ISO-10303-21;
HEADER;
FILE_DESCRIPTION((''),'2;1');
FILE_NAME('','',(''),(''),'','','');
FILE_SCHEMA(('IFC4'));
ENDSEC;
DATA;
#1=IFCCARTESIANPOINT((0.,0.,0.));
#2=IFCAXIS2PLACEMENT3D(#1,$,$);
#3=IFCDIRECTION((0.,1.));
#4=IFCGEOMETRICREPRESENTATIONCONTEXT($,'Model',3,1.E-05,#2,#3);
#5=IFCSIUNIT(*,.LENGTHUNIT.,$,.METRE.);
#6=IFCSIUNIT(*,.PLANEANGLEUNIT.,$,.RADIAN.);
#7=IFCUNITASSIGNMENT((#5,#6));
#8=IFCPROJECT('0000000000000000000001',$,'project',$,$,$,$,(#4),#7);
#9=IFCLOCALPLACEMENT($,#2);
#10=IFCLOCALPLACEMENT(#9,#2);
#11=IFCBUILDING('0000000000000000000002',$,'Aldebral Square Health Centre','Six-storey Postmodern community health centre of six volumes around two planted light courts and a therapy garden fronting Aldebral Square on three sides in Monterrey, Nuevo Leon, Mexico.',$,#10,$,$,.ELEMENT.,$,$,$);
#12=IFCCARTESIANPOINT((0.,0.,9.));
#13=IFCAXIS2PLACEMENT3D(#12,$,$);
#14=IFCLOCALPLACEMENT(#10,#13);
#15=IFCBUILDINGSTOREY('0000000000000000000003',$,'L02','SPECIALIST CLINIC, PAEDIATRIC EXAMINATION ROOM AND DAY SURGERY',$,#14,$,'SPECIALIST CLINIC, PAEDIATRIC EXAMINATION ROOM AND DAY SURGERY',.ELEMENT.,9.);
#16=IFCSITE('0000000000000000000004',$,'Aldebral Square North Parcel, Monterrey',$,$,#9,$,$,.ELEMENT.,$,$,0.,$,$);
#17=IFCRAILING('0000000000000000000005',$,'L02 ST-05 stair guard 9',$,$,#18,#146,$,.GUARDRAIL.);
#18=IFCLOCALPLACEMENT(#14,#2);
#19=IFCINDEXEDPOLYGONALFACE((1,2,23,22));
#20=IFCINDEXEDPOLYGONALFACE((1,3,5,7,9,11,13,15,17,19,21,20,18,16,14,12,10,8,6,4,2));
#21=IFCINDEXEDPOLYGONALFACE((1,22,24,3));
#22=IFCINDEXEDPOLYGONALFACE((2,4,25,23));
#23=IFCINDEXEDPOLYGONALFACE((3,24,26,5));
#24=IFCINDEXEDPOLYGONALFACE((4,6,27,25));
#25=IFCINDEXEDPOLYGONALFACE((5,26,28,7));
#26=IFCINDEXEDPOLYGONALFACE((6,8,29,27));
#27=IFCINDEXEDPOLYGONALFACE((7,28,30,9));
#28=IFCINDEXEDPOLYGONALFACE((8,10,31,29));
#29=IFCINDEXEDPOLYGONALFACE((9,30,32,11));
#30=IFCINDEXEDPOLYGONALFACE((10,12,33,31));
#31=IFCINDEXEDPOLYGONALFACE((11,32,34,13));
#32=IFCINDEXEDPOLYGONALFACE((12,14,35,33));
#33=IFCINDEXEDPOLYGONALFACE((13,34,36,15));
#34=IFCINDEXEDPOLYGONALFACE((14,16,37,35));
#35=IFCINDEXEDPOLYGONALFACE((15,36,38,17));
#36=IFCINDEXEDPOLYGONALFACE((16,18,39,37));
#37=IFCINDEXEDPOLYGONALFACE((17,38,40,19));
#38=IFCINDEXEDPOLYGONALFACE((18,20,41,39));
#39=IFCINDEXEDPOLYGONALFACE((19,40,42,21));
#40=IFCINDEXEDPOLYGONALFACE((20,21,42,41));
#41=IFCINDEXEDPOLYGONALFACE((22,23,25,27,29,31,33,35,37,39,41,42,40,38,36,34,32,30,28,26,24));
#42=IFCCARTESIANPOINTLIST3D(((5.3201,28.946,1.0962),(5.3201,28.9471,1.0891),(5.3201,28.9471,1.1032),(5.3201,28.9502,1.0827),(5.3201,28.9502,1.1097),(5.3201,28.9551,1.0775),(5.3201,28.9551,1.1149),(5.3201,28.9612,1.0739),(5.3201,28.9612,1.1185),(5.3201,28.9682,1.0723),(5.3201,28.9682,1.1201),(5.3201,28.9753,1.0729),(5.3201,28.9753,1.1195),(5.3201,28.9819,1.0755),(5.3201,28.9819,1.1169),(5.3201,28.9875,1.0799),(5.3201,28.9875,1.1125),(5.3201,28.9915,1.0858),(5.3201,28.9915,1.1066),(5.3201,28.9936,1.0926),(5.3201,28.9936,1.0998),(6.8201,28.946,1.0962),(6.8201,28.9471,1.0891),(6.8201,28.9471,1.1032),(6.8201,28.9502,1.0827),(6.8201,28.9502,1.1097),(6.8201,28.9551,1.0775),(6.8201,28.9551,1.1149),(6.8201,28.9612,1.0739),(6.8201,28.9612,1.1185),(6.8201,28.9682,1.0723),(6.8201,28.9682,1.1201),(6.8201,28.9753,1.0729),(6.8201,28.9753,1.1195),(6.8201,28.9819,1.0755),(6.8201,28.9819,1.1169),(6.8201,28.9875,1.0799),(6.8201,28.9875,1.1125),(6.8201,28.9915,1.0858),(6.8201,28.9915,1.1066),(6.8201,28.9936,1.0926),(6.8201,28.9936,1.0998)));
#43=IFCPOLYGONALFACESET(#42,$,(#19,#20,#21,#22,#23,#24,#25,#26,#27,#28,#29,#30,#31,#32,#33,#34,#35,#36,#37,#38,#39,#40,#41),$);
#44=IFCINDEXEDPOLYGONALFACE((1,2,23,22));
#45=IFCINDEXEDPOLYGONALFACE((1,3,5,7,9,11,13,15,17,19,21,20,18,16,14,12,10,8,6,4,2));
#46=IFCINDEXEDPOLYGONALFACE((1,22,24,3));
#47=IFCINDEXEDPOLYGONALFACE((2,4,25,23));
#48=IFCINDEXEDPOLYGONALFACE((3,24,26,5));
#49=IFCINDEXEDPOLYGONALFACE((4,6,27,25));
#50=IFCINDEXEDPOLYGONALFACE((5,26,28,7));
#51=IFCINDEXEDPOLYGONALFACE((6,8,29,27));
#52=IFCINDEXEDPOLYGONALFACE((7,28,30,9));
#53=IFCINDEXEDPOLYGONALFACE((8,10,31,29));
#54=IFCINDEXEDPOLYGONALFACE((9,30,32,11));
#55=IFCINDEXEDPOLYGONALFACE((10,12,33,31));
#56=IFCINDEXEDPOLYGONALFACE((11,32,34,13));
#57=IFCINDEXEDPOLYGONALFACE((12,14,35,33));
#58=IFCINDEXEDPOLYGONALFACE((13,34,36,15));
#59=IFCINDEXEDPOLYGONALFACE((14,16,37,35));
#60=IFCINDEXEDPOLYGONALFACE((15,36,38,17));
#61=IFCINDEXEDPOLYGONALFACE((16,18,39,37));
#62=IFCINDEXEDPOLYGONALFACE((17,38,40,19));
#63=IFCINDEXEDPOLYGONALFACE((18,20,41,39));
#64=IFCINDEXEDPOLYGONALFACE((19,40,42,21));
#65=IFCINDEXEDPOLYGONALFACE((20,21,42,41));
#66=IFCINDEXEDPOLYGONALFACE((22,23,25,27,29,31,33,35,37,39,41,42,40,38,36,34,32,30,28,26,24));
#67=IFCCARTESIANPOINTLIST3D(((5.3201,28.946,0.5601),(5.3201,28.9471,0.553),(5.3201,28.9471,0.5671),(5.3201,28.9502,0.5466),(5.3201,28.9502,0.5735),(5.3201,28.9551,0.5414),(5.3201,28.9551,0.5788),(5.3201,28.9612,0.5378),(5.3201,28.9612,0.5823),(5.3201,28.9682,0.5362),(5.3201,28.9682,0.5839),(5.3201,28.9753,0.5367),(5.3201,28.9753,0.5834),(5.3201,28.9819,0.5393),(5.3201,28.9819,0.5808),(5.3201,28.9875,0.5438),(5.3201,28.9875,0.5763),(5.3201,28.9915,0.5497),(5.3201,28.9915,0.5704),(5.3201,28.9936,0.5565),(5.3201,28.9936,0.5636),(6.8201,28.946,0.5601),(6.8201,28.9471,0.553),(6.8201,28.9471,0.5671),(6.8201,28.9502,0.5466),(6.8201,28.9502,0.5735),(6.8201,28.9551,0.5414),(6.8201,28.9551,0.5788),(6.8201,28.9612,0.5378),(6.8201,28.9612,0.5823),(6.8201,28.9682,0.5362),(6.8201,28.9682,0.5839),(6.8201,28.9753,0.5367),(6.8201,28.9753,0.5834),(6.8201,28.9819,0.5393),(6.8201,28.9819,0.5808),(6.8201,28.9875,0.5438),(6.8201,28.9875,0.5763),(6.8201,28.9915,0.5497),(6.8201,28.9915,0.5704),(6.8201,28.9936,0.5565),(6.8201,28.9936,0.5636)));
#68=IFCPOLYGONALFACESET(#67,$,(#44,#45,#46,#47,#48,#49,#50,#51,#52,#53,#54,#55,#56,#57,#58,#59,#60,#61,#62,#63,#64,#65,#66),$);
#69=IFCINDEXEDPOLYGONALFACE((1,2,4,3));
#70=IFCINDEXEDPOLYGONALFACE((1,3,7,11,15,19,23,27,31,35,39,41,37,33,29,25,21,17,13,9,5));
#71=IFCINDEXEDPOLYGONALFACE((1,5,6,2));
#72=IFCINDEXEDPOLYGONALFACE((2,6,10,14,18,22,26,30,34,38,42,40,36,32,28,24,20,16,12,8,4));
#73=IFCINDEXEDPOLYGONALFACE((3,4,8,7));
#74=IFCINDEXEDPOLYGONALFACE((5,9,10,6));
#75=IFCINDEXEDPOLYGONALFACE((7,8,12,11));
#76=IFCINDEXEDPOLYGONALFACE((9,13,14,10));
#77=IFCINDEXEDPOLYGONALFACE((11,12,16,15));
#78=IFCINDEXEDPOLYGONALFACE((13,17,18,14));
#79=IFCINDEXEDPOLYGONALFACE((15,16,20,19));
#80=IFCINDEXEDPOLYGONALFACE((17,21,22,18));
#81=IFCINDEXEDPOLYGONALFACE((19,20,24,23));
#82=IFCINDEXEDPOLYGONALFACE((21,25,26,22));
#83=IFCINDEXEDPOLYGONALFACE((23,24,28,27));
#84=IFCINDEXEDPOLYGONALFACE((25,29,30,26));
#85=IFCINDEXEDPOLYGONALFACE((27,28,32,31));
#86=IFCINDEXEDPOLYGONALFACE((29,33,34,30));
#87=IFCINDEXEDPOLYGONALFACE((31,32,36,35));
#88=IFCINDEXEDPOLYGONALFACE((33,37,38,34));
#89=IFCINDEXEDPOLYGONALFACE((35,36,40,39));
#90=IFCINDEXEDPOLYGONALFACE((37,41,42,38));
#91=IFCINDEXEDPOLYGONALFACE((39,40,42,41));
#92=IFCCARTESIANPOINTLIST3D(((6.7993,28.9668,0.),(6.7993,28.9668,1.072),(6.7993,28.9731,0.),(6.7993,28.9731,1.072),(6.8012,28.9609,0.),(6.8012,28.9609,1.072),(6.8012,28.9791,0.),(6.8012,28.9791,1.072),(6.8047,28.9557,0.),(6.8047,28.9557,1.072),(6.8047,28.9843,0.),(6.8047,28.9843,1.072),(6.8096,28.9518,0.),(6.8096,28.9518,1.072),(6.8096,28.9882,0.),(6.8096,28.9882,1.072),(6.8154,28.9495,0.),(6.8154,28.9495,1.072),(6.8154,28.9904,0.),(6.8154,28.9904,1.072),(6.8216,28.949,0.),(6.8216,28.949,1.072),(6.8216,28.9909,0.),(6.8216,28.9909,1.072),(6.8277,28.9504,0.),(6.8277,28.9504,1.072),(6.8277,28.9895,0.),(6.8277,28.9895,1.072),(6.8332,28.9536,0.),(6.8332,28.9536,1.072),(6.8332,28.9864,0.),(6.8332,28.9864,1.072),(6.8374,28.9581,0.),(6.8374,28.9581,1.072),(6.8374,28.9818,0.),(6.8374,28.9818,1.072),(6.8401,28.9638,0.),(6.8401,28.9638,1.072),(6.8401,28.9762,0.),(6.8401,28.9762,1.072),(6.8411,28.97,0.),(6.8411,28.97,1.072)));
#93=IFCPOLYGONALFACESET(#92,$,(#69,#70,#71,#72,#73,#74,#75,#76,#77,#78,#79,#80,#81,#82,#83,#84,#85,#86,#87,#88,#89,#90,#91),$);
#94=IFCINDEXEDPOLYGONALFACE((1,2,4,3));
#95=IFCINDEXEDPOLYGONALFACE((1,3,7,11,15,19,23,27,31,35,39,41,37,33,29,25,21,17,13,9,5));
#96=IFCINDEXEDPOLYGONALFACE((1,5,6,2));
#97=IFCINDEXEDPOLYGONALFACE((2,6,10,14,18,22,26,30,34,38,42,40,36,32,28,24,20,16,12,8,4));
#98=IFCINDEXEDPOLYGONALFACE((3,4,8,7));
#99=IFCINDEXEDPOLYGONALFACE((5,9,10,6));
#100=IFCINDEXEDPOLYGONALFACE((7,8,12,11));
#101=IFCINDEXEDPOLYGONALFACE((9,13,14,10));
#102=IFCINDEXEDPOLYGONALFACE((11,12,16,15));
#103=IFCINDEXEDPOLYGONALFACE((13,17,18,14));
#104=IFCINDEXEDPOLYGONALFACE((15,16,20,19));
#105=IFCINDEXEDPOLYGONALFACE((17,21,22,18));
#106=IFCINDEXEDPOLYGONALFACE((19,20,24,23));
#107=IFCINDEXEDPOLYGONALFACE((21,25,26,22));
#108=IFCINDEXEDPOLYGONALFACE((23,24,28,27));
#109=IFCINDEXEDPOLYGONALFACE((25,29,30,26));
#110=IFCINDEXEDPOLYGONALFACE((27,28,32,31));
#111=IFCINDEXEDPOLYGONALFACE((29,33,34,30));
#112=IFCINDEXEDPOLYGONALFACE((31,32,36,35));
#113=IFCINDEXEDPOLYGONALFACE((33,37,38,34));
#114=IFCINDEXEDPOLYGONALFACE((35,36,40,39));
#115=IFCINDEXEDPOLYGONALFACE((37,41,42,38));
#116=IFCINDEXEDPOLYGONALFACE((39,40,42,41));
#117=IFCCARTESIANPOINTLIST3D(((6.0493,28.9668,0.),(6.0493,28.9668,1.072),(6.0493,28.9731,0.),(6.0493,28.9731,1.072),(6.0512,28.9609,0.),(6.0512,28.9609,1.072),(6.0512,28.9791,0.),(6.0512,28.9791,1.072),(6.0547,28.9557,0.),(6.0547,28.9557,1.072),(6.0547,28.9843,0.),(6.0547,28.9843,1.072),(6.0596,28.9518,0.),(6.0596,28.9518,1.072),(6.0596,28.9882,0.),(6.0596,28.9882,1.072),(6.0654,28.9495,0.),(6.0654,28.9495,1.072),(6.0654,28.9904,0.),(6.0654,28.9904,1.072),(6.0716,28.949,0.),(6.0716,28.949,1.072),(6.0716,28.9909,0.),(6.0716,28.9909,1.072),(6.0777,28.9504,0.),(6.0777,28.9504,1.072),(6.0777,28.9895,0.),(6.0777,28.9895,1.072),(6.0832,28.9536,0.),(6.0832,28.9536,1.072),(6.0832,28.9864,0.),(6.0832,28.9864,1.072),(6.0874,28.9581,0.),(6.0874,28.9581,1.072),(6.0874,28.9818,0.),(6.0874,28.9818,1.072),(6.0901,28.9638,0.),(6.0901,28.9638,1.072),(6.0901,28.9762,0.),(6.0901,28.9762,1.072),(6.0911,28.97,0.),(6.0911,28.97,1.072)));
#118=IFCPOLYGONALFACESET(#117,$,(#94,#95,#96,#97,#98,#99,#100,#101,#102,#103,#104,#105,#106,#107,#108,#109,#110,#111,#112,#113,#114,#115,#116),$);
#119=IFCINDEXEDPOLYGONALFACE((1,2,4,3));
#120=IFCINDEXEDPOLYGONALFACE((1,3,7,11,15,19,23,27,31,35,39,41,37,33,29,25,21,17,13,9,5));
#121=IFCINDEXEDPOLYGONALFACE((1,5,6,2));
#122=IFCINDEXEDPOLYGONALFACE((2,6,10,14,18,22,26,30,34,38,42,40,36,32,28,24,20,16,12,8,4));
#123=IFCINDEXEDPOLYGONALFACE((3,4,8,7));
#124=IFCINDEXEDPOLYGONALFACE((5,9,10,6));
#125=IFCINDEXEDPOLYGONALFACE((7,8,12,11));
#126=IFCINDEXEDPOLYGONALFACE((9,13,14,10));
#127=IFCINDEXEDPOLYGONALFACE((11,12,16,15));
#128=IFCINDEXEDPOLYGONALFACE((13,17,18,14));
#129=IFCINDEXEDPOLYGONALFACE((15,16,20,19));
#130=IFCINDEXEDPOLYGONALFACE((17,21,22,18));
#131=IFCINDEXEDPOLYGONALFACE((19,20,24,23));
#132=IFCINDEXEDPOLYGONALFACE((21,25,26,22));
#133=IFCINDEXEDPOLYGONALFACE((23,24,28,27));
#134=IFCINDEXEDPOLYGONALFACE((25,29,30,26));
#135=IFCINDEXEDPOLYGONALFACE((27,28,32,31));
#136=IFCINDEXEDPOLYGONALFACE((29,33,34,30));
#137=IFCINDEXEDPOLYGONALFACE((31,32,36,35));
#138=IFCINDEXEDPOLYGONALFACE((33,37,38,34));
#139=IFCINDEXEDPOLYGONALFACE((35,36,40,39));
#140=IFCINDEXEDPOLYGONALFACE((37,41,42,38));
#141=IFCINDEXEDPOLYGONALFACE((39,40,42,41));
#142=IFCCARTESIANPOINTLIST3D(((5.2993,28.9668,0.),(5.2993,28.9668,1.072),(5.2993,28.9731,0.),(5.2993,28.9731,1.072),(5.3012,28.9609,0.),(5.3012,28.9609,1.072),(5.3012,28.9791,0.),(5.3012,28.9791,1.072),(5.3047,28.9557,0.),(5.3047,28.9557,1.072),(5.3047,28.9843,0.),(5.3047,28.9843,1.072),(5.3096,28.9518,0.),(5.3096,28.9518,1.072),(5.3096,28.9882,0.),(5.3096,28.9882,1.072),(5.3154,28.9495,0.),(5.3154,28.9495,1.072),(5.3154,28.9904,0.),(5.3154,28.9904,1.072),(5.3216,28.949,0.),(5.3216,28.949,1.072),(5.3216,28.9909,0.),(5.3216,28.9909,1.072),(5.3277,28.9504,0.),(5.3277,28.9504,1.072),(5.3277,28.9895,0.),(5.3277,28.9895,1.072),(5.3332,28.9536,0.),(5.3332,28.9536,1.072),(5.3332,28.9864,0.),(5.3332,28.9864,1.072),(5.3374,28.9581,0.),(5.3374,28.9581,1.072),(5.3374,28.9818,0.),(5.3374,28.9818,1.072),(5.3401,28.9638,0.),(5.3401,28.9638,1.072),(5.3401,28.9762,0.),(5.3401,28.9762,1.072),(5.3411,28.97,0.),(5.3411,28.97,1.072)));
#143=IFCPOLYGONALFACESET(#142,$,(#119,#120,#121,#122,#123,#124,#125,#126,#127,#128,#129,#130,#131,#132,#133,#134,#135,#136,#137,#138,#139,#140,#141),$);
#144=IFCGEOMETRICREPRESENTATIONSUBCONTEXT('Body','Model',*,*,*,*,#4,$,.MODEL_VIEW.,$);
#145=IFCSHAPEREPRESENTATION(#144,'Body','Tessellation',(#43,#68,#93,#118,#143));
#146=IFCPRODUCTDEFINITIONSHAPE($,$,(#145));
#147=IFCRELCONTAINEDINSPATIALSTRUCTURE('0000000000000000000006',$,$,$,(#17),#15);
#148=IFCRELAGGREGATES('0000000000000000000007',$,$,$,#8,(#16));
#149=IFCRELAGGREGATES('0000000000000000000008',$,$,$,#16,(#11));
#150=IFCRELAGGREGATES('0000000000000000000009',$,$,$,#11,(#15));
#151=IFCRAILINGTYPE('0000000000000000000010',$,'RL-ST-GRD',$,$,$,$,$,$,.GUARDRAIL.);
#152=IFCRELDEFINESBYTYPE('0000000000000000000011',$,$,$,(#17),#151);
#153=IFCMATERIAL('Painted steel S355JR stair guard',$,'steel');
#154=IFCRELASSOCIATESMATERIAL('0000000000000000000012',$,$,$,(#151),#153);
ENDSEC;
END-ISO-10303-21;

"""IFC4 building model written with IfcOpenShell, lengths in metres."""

from ifc_helpers import new_model, si_unit, direction, frame, origin, origin_2d, place, context, subcontext, project, spatial, circle, extrude, material, type_object, element, save


model = new_model("IFC4")

# Units and contexts
model_context = context("Model", 3, precision=1e-05, world=origin(), true_north=direction((0.0, 1.0)))
body_context = subcontext(model_context, "Body", "Model", "MODEL_VIEW")
ifc_project = project(units=[si_unit("LENGTHUNIT", "METRE"), si_unit("PLANEANGLEUNIT", "RADIAN")], contexts=[model_context])

# Site, building, storey
site_placement = place(None, origin())
site = spatial("IfcSite", under=ifc_project, at=site_placement, Name="Aldebral Square North Parcel, Monterrey", CompositionType="ELEMENT", RefElevation=0.0)
building_placement = place(site_placement, origin())
building = spatial("IfcBuilding", under=site, at=building_placement, Name="Aldebral Square Health Centre", Description="Six-storey Postmodern community health centre of six volumes around two planted light courts and a therapy garden fronting Aldebral Square on three sides in Monterrey, Nuevo Leon, Mexico.", CompositionType="ELEMENT")
storey_placement = place(building_placement, frame((0.0, 0.0, 9.0)))
storey = spatial("IfcBuildingStorey", under=building, at=storey_placement, Name="L02", Description="SPECIALIST CLINIC, PAEDIATRIC EXAMINATION ROOM AND DAY SURGERY", LongName="SPECIALIST CLINIC, PAEDIATRIC EXAMINATION ROOM AND DAY SURGERY", CompositionType="ELEMENT", Elevation=9.0)

# Railing
ifc_material_1 = material(Name="Painted steel S355JR stair guard", Category="steel")
railing_type_1 = type_object("IfcRailingType", Name="RL-ST-GRD", PredefinedType="GUARDRAIL", material=ifc_material_1)
for number, where, name in (
    (1, (6.8201, 28.97, 0.0), "L02 ST-05 stair guard 9"),
):
    element("IfcRailing", number, at=place(storey_placement, frame(where)), inside=storey, type_object=railing_type_1, Name=name, PredefinedType="GUARDRAIL", context=body_context, shape_type="SweptSolid", body=[
        extrude(circle(Radius=0.0239, at=origin_2d()), frame((0.0, 0.0, 1.0962), z_axis=(-1.0, 0.0, 0.0), x_axis=(0.0, -1.0, 0.0)), (0.0, 0.0, 1.0), 1.5),
        extrude(circle(Radius=0.0239, at=origin_2d()), frame((0.0, 0.0, 0.5601), z_axis=(-1.0, 0.0, 0.0), x_axis=(0.0, -1.0, 0.0)), (0.0, 0.0, 1.0), 1.5),
        extrude(circle(Radius=0.021, at=origin_2d()), origin(), (0.0, 0.0, 1.0), 1.072),
        extrude(circle(Radius=0.021, at=origin_2d()), frame((-0.75, 0.0, 0.0)), (0.0, 0.0, 1.0), 1.072),
        extrude(circle(Radius=0.021, at=origin_2d()), frame((-1.5, 0.0, 0.0)), (0.0, 0.0, 1.0), 1.072),
    ])

save(model, "model.ifc")
